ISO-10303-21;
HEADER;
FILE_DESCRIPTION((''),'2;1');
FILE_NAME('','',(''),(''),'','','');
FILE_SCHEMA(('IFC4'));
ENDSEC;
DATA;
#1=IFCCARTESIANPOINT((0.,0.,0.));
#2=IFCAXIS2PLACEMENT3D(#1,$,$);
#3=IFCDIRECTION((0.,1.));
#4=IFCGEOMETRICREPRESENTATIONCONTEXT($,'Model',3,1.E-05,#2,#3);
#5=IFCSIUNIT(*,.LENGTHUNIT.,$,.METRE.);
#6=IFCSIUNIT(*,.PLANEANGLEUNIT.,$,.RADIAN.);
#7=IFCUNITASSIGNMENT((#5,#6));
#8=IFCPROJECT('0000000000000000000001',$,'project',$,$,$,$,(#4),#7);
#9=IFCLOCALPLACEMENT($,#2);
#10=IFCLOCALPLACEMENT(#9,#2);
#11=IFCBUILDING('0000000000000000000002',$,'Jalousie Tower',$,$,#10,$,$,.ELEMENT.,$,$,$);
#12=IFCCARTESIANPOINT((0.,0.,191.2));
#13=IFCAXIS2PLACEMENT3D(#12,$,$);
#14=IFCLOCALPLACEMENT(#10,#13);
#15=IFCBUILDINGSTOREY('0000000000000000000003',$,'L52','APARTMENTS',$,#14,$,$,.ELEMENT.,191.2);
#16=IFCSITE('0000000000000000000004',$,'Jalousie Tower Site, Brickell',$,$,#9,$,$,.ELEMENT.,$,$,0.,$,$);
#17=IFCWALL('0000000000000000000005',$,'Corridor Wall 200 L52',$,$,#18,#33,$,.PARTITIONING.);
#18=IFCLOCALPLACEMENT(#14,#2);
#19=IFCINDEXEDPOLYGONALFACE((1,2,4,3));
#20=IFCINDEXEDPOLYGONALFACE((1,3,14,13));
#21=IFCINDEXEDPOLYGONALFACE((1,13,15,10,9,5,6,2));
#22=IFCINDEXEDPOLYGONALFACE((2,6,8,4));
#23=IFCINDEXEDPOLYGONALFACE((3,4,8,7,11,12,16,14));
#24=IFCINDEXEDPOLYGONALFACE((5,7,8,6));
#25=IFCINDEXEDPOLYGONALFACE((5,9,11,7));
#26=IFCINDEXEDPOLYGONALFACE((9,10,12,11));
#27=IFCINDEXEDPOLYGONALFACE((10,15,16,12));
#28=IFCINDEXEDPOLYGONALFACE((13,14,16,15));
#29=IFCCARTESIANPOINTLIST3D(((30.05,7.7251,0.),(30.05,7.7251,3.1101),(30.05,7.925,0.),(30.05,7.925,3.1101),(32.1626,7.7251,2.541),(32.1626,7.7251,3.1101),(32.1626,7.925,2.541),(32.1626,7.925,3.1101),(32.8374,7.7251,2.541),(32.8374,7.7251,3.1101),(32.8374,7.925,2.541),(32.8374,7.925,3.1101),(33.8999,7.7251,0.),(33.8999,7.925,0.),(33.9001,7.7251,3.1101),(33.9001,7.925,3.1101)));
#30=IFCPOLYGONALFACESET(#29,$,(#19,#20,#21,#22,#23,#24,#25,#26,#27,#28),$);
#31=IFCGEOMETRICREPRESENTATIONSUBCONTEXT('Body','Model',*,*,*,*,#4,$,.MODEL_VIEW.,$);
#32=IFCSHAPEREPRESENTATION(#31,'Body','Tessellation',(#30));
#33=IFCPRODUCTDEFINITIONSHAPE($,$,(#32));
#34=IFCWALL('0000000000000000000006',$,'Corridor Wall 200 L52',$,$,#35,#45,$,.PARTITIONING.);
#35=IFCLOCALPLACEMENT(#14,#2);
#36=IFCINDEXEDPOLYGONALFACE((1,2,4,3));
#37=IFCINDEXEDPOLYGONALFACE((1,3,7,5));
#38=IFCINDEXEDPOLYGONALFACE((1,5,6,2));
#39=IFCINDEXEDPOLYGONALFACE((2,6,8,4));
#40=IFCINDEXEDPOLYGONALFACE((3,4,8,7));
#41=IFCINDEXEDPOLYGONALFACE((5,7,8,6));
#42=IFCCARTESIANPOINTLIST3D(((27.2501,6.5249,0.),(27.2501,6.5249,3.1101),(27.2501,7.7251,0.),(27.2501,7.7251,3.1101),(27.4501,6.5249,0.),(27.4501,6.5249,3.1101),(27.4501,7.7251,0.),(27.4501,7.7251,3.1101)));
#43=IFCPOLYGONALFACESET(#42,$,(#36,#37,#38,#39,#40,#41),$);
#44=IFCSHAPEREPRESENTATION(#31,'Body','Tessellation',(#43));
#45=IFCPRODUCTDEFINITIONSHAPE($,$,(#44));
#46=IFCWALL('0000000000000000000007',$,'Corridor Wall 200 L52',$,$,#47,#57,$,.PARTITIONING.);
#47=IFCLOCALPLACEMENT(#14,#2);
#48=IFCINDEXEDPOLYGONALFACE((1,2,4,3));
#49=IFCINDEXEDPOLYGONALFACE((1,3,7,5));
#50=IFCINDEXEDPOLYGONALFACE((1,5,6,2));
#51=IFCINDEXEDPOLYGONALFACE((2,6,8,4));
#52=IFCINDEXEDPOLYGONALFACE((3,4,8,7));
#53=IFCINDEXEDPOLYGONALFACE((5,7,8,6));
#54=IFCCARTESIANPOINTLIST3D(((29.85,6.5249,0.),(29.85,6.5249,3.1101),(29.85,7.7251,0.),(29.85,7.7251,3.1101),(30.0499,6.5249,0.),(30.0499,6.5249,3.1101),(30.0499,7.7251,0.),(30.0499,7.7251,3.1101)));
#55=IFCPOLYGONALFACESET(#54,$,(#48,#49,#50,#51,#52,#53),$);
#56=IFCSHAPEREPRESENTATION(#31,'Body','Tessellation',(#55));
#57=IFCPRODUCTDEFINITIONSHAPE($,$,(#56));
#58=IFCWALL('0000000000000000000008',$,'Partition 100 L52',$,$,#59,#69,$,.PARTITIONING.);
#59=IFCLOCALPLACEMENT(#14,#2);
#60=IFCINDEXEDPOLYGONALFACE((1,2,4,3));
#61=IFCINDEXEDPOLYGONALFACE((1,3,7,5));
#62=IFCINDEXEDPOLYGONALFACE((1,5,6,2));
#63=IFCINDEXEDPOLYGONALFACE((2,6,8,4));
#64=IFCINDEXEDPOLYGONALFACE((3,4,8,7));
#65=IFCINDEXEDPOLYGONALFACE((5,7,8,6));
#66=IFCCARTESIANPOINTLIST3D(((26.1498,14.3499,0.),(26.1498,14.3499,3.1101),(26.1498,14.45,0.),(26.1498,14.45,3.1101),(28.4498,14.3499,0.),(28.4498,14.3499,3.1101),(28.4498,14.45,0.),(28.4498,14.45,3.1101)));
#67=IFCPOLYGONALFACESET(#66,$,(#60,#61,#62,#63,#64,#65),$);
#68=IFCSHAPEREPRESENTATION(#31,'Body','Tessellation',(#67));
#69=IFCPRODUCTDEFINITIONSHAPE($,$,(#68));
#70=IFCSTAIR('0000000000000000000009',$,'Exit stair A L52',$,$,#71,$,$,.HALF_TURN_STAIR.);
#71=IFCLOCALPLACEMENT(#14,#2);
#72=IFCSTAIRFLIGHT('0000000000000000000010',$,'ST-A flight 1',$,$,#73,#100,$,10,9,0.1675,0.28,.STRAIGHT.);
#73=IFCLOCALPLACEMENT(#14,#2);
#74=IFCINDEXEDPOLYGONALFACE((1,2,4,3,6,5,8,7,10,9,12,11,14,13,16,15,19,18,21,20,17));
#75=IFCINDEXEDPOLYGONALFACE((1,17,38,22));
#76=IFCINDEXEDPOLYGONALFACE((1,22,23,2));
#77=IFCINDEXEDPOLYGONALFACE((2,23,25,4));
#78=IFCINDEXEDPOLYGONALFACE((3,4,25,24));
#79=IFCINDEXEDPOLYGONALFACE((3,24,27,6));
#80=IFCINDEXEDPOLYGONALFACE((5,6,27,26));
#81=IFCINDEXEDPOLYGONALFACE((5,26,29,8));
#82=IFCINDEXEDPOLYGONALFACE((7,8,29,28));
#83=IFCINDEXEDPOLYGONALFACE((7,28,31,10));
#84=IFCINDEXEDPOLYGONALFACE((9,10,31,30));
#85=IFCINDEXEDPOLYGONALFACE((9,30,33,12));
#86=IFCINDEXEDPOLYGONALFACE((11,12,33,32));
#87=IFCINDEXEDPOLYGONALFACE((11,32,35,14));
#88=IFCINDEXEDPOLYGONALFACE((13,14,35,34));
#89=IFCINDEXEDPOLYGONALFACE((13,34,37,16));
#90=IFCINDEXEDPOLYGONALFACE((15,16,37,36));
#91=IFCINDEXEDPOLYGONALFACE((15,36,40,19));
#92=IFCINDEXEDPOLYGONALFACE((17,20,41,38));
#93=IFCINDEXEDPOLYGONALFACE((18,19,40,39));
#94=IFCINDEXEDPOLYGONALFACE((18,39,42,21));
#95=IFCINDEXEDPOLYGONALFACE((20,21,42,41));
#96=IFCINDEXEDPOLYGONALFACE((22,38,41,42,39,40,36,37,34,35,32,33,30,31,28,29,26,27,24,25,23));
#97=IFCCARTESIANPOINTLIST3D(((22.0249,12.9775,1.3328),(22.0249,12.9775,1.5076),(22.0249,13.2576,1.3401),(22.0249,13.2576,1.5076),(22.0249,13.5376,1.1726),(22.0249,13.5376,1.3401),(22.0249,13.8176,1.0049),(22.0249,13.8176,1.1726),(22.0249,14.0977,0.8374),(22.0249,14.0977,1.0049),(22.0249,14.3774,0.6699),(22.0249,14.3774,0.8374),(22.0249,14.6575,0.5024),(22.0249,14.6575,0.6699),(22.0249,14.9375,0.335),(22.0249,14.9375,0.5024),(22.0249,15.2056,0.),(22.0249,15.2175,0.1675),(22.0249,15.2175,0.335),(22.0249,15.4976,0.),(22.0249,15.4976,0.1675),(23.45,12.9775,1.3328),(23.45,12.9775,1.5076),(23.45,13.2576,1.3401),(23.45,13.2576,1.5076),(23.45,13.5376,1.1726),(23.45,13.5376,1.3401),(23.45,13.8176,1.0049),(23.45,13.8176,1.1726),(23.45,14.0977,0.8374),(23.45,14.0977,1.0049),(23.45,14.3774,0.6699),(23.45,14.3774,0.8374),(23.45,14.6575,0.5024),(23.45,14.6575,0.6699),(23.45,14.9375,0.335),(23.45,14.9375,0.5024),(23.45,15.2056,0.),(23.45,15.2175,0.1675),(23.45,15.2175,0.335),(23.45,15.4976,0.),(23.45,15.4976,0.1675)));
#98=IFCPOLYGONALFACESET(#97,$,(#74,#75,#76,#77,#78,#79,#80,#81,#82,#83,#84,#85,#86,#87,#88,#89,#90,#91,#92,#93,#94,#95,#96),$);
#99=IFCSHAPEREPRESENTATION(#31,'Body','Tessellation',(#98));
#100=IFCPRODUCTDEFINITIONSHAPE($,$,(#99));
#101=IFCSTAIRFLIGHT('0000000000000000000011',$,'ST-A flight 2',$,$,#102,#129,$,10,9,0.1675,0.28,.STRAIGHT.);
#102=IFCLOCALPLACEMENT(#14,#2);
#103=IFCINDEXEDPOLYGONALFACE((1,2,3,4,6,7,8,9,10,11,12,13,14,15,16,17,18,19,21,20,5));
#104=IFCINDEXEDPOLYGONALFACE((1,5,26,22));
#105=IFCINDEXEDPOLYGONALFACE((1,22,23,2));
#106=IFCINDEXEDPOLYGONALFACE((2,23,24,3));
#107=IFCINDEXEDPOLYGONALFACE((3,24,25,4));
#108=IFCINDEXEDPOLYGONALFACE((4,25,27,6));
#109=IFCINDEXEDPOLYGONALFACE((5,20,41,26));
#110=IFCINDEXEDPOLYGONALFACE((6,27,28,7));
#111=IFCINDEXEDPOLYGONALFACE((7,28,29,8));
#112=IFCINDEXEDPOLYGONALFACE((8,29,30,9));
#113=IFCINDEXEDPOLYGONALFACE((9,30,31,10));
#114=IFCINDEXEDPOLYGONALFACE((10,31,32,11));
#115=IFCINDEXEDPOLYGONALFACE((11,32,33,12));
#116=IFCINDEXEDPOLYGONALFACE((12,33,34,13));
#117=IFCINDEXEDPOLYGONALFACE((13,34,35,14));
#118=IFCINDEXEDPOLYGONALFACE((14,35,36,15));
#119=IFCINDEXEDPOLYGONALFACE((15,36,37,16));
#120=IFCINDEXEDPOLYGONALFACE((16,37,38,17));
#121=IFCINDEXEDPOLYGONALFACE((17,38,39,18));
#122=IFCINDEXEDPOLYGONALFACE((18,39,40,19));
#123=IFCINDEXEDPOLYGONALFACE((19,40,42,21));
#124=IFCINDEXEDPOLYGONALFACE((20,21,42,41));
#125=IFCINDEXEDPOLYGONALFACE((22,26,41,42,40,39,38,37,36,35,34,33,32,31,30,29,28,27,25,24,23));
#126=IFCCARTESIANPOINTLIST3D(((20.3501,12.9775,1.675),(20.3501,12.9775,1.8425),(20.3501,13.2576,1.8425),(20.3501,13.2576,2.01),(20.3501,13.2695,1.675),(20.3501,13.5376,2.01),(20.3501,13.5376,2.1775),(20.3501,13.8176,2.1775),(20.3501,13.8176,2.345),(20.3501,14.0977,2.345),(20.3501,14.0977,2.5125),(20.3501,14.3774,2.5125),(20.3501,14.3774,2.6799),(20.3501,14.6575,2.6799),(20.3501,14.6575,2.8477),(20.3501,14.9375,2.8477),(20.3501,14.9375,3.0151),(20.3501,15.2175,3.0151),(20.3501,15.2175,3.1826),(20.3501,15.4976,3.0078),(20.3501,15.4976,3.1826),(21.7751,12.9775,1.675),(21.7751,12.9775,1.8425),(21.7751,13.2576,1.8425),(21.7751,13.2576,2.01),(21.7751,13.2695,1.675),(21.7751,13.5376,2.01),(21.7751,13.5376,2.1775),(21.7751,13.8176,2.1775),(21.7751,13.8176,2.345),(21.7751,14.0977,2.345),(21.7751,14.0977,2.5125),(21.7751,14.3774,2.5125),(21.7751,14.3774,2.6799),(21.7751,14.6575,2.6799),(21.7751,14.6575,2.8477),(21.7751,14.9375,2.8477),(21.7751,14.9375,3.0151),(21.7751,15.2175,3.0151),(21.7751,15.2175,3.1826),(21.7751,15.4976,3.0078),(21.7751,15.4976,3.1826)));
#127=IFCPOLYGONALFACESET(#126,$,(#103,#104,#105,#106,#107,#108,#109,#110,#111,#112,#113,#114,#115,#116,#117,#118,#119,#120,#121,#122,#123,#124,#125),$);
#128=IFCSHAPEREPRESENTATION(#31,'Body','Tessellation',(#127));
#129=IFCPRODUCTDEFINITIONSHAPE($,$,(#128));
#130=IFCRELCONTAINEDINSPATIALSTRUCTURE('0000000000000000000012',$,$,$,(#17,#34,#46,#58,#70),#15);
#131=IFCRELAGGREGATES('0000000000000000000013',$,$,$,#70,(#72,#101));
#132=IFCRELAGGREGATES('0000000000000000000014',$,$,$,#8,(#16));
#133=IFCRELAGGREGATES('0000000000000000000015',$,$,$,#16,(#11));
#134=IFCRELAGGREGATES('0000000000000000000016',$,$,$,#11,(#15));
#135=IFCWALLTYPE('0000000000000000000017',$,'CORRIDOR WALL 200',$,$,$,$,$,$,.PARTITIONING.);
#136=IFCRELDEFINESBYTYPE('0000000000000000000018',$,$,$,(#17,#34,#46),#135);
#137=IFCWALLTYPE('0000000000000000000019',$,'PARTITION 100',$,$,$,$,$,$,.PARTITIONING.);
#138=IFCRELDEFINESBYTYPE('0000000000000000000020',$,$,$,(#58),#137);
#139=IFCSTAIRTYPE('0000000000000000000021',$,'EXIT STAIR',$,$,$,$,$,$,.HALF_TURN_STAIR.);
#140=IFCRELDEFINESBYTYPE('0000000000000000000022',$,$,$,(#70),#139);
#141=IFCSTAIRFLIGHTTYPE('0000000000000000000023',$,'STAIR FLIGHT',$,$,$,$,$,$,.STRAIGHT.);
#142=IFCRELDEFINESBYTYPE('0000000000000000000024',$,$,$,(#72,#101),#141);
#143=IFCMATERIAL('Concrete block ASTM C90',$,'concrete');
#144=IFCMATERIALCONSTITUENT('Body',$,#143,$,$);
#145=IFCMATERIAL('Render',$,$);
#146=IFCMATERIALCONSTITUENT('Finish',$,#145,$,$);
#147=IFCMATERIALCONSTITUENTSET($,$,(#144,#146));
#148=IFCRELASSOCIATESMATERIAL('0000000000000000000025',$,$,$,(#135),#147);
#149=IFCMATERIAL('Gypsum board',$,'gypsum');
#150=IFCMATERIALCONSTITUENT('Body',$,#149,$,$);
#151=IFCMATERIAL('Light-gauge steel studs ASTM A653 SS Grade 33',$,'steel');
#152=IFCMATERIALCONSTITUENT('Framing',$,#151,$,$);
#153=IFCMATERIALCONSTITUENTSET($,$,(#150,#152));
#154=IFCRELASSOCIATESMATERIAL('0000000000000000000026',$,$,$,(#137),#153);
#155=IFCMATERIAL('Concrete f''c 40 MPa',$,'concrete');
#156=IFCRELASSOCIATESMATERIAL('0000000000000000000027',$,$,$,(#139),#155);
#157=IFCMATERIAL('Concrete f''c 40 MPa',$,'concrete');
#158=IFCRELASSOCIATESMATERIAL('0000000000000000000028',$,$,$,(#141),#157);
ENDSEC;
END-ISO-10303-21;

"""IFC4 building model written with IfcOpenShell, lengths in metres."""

from ifc_helpers import new_model, si_unit, direction, frame, frame_2d, origin, place, context, subcontext, project, spatial, polyline, rectangle, outline, extrude, material, constituent, constituent_set, type_object, element, aggregate, save


model = new_model("IFC4")

# Units and contexts
model_context = context("Model", 3, precision=1e-05, world=origin(), true_north=direction((0.0, 1.0)))
body_context = subcontext(model_context, "Body", "Model", "MODEL_VIEW")
ifc_project = project(units=[si_unit("LENGTHUNIT", "METRE"), si_unit("PLANEANGLEUNIT", "RADIAN")], contexts=[model_context])

# Site, building, storey
site_placement = place(None, origin())
site = spatial("IfcSite", under=ifc_project, at=site_placement, Name="Jalousie Tower Site, Brickell", CompositionType="ELEMENT", RefElevation=0.0)
building_placement = place(site_placement, origin())
building = spatial("IfcBuilding", under=site, at=building_placement, Name="Jalousie Tower", CompositionType="ELEMENT")
storey_placement = place(building_placement, frame((0.0, 0.0, 191.2)))
storey = spatial("IfcBuildingStorey", under=building, at=storey_placement, Name="L52", Description="APARTMENTS", CompositionType="ELEMENT", Elevation=191.2)

# Walls
ifc_material_1 = material(Name="Concrete block ASTM C90", Category="concrete")
ifc_constituent_1 = constituent(ifc_material_1, Name="Body")
ifc_material_2 = material(Name="Render")
ifc_constituent_2 = constituent(ifc_material_2, Name="Finish")
ifc_constituent_set_1 = constituent_set(constituents=[ifc_constituent_1, ifc_constituent_2])
wall_type_1 = type_object("IfcWallType", Name="CORRIDOR WALL 200", PredefinedType="PARTITIONING", material=ifc_constituent_set_1)
wall_1_placement = place(storey_placement, frame((30.05, 7.825, 0.0), z_axis=(0.0, 0.0, 1.0), x_axis=(1.0, 0.0, 0.0)))
element("IfcWall", 1, at=wall_1_placement, inside=storey, type_object=wall_type_1, Name="Corridor Wall 200 L52", PredefinedType="PARTITIONING", context=body_context, shape_type="SweptSolid", body=[
    extrude(outline(polyline([(0.0, 0.0), (3.8499, 0.0), (3.8501, 3.1101), (2.7874, 3.1101), (2.7874, 2.541), (2.1125, 2.541), (2.1125, 3.1101), (0.0, 3.1101), (0.0, 0.0)])), frame((0.0, 0.1001, 0.0), z_axis=(0.0, -1.0, 0.0), x_axis=(1.0, 0.0, 0.0)), (0.0, 0.0, 1.0), 0.2),
])
for number, where, z_axis, x_axis, name in (
    (2, (27.3501, 7.7251, 0.0), (0.0, 0.0, 1.0), (0.0, -1.0, 0.0), "Corridor Wall 200 L52"),
    (3, (29.95, 7.7251, 0.0), (0.0, 0.0, 1.0), (0.0, -1.0, 0.0), "Corridor Wall 200 L52"),
):
    element("IfcWall", number, at=place(storey_placement, frame(where, z_axis=z_axis, x_axis=x_axis)), inside=storey, type_object=wall_type_1, Name=name, PredefinedType="PARTITIONING", context=body_context, shape_type="SweptSolid", body=[
        extrude(rectangle(XDim=1.2002, YDim=0.2, at=frame_2d((0.6001, 0.0))), origin(), (0.0, 0.0, 1.0), 3.1101),
    ])
ifc_material_3 = material(Name="Gypsum board", Category="gypsum")
ifc_constituent_3 = constituent(ifc_material_3, Name="Body")
ifc_material_4 = material(Name="Light-gauge steel studs ASTM A653 SS Grade 33", Category="steel")
ifc_constituent_4 = constituent(ifc_material_4, Name="Framing")
ifc_constituent_set_2 = constituent_set(constituents=[ifc_constituent_3, ifc_constituent_4])
wall_type_2 = type_object("IfcWallType", Name="PARTITION 100", PredefinedType="PARTITIONING", material=ifc_constituent_set_2)
wall_2_placement = place(storey_placement, frame((26.1499, 14.3999, 0.0), z_axis=(0.0, 0.0, 1.0), x_axis=(1.0, 0.0, 0.0)))
element("IfcWall", 4, at=wall_2_placement, inside=storey, type_object=wall_type_2, Name="Partition 100 L52", PredefinedType="PARTITIONING", context=body_context, shape_type="SweptSolid", body=[
    extrude(rectangle(XDim=2.3, YDim=0.1001, at=frame_2d((1.1499, 0.0))), origin(), (0.0, 0.0, 1.0), 3.1101),
])

# Stair, stair flights
ifc_material_5 = material(Name="Concrete f'c 40 MPa", Category="concrete")
stair_type = type_object("IfcStairType", Name="EXIT STAIR", PredefinedType="HALF_TURN_STAIR", material=ifc_material_5)
stair_placement = place(storey_placement, origin())
stair = element("IfcStair", 5, at=stair_placement, inside=storey, type_object=stair_type, Name="Exit stair A L52", PredefinedType="HALF_TURN_STAIR")
ifc_material_6 = material(Name="Concrete f'c 40 MPa", Category="concrete")
stair_flight_type = type_object("IfcStairFlightType", Name="STAIR FLIGHT", PredefinedType="STRAIGHT", material=ifc_material_6)
stair_flight_1_placement = place(storey_placement, frame((22.7375, 15.4976, 0.0), z_axis=(0.0, 0.0, 1.0), x_axis=(0.0, -1.0, 0.0)))
stair_flight_1 = element("IfcStairFlight", 6, at=stair_flight_1_placement, type_object=stair_flight_type, Name="ST-A flight 1", NumberOfRisers=10, NumberOfTreads=9, PredefinedType="STRAIGHT", RiserHeight=0.1675, TreadLength=0.28, context=body_context, shape_type="SweptSolid", body=[
    extrude(outline(polyline([(0.0, 0.0), (0.0, 0.1675), (0.28, 0.1675), (0.28, 0.335), (0.5601, 0.335), (0.5601, 0.5024), (0.8401, 0.5024), (0.8401, 0.6699), (1.1201, 0.6699), (1.1201, 0.8374), (1.3999, 0.8374), (1.3999, 1.0049), (1.6799, 1.0049), (1.6799, 1.1726), (1.96, 1.1726), (1.96, 1.3401), (2.24, 1.3401), (2.24, 1.5076), (2.52, 1.5076), (2.52, 1.675), (2.52, 1.3328), (0.292, 0.0), (0.0, 0.0)])), frame((0.0, 0.7124, 0.0), z_axis=(0.0, -1.0, 0.0), x_axis=(1.0, 0.0, 0.0)), (0.0, 0.0, 1.0), 1.425),
])
stair_flight_2_placement = place(storey_placement, frame((21.0625, 12.9775, 1.675), z_axis=(0.0, 0.0, 1.0), x_axis=(0.0, 1.0, 0.0)))
stair_flight_2 = element("IfcStairFlight", 7, at=stair_flight_2_placement, type_object=stair_flight_type, Name="ST-A flight 2", NumberOfRisers=10, NumberOfTreads=9, PredefinedType="STRAIGHT", RiserHeight=0.1675, TreadLength=0.28, context=body_context, shape_type="SweptSolid", body=[
    extrude(outline(polyline([(0.0, 0.0), (0.0, 0.1675), (0.28, 0.1675), (0.28, 0.335), (0.5601, 0.335), (0.5601, 0.5024), (0.8401, 0.5024), (0.8401, 0.6699), (1.1201, 0.6699), (1.1201, 0.8374), (1.3999, 0.8374), (1.3999, 1.0049), (1.6799, 1.0049), (1.6799, 1.1726), (1.96, 1.1726), (1.96, 1.3401), (2.24, 1.3401), (2.24, 1.5076), (2.52, 1.5076), (2.52, 1.675), (2.52, 1.3328), (0.292, 0.0), (0.0, 0.0)])), frame((0.0, 0.7124, 0.0), z_axis=(0.0, -1.0, 0.0), x_axis=(1.0, 0.0, 0.0)), (0.0, 0.0, 1.0), 1.425),
])
aggregate(stair, [stair_flight_1, stair_flight_2])

save(model, "model.ifc")
